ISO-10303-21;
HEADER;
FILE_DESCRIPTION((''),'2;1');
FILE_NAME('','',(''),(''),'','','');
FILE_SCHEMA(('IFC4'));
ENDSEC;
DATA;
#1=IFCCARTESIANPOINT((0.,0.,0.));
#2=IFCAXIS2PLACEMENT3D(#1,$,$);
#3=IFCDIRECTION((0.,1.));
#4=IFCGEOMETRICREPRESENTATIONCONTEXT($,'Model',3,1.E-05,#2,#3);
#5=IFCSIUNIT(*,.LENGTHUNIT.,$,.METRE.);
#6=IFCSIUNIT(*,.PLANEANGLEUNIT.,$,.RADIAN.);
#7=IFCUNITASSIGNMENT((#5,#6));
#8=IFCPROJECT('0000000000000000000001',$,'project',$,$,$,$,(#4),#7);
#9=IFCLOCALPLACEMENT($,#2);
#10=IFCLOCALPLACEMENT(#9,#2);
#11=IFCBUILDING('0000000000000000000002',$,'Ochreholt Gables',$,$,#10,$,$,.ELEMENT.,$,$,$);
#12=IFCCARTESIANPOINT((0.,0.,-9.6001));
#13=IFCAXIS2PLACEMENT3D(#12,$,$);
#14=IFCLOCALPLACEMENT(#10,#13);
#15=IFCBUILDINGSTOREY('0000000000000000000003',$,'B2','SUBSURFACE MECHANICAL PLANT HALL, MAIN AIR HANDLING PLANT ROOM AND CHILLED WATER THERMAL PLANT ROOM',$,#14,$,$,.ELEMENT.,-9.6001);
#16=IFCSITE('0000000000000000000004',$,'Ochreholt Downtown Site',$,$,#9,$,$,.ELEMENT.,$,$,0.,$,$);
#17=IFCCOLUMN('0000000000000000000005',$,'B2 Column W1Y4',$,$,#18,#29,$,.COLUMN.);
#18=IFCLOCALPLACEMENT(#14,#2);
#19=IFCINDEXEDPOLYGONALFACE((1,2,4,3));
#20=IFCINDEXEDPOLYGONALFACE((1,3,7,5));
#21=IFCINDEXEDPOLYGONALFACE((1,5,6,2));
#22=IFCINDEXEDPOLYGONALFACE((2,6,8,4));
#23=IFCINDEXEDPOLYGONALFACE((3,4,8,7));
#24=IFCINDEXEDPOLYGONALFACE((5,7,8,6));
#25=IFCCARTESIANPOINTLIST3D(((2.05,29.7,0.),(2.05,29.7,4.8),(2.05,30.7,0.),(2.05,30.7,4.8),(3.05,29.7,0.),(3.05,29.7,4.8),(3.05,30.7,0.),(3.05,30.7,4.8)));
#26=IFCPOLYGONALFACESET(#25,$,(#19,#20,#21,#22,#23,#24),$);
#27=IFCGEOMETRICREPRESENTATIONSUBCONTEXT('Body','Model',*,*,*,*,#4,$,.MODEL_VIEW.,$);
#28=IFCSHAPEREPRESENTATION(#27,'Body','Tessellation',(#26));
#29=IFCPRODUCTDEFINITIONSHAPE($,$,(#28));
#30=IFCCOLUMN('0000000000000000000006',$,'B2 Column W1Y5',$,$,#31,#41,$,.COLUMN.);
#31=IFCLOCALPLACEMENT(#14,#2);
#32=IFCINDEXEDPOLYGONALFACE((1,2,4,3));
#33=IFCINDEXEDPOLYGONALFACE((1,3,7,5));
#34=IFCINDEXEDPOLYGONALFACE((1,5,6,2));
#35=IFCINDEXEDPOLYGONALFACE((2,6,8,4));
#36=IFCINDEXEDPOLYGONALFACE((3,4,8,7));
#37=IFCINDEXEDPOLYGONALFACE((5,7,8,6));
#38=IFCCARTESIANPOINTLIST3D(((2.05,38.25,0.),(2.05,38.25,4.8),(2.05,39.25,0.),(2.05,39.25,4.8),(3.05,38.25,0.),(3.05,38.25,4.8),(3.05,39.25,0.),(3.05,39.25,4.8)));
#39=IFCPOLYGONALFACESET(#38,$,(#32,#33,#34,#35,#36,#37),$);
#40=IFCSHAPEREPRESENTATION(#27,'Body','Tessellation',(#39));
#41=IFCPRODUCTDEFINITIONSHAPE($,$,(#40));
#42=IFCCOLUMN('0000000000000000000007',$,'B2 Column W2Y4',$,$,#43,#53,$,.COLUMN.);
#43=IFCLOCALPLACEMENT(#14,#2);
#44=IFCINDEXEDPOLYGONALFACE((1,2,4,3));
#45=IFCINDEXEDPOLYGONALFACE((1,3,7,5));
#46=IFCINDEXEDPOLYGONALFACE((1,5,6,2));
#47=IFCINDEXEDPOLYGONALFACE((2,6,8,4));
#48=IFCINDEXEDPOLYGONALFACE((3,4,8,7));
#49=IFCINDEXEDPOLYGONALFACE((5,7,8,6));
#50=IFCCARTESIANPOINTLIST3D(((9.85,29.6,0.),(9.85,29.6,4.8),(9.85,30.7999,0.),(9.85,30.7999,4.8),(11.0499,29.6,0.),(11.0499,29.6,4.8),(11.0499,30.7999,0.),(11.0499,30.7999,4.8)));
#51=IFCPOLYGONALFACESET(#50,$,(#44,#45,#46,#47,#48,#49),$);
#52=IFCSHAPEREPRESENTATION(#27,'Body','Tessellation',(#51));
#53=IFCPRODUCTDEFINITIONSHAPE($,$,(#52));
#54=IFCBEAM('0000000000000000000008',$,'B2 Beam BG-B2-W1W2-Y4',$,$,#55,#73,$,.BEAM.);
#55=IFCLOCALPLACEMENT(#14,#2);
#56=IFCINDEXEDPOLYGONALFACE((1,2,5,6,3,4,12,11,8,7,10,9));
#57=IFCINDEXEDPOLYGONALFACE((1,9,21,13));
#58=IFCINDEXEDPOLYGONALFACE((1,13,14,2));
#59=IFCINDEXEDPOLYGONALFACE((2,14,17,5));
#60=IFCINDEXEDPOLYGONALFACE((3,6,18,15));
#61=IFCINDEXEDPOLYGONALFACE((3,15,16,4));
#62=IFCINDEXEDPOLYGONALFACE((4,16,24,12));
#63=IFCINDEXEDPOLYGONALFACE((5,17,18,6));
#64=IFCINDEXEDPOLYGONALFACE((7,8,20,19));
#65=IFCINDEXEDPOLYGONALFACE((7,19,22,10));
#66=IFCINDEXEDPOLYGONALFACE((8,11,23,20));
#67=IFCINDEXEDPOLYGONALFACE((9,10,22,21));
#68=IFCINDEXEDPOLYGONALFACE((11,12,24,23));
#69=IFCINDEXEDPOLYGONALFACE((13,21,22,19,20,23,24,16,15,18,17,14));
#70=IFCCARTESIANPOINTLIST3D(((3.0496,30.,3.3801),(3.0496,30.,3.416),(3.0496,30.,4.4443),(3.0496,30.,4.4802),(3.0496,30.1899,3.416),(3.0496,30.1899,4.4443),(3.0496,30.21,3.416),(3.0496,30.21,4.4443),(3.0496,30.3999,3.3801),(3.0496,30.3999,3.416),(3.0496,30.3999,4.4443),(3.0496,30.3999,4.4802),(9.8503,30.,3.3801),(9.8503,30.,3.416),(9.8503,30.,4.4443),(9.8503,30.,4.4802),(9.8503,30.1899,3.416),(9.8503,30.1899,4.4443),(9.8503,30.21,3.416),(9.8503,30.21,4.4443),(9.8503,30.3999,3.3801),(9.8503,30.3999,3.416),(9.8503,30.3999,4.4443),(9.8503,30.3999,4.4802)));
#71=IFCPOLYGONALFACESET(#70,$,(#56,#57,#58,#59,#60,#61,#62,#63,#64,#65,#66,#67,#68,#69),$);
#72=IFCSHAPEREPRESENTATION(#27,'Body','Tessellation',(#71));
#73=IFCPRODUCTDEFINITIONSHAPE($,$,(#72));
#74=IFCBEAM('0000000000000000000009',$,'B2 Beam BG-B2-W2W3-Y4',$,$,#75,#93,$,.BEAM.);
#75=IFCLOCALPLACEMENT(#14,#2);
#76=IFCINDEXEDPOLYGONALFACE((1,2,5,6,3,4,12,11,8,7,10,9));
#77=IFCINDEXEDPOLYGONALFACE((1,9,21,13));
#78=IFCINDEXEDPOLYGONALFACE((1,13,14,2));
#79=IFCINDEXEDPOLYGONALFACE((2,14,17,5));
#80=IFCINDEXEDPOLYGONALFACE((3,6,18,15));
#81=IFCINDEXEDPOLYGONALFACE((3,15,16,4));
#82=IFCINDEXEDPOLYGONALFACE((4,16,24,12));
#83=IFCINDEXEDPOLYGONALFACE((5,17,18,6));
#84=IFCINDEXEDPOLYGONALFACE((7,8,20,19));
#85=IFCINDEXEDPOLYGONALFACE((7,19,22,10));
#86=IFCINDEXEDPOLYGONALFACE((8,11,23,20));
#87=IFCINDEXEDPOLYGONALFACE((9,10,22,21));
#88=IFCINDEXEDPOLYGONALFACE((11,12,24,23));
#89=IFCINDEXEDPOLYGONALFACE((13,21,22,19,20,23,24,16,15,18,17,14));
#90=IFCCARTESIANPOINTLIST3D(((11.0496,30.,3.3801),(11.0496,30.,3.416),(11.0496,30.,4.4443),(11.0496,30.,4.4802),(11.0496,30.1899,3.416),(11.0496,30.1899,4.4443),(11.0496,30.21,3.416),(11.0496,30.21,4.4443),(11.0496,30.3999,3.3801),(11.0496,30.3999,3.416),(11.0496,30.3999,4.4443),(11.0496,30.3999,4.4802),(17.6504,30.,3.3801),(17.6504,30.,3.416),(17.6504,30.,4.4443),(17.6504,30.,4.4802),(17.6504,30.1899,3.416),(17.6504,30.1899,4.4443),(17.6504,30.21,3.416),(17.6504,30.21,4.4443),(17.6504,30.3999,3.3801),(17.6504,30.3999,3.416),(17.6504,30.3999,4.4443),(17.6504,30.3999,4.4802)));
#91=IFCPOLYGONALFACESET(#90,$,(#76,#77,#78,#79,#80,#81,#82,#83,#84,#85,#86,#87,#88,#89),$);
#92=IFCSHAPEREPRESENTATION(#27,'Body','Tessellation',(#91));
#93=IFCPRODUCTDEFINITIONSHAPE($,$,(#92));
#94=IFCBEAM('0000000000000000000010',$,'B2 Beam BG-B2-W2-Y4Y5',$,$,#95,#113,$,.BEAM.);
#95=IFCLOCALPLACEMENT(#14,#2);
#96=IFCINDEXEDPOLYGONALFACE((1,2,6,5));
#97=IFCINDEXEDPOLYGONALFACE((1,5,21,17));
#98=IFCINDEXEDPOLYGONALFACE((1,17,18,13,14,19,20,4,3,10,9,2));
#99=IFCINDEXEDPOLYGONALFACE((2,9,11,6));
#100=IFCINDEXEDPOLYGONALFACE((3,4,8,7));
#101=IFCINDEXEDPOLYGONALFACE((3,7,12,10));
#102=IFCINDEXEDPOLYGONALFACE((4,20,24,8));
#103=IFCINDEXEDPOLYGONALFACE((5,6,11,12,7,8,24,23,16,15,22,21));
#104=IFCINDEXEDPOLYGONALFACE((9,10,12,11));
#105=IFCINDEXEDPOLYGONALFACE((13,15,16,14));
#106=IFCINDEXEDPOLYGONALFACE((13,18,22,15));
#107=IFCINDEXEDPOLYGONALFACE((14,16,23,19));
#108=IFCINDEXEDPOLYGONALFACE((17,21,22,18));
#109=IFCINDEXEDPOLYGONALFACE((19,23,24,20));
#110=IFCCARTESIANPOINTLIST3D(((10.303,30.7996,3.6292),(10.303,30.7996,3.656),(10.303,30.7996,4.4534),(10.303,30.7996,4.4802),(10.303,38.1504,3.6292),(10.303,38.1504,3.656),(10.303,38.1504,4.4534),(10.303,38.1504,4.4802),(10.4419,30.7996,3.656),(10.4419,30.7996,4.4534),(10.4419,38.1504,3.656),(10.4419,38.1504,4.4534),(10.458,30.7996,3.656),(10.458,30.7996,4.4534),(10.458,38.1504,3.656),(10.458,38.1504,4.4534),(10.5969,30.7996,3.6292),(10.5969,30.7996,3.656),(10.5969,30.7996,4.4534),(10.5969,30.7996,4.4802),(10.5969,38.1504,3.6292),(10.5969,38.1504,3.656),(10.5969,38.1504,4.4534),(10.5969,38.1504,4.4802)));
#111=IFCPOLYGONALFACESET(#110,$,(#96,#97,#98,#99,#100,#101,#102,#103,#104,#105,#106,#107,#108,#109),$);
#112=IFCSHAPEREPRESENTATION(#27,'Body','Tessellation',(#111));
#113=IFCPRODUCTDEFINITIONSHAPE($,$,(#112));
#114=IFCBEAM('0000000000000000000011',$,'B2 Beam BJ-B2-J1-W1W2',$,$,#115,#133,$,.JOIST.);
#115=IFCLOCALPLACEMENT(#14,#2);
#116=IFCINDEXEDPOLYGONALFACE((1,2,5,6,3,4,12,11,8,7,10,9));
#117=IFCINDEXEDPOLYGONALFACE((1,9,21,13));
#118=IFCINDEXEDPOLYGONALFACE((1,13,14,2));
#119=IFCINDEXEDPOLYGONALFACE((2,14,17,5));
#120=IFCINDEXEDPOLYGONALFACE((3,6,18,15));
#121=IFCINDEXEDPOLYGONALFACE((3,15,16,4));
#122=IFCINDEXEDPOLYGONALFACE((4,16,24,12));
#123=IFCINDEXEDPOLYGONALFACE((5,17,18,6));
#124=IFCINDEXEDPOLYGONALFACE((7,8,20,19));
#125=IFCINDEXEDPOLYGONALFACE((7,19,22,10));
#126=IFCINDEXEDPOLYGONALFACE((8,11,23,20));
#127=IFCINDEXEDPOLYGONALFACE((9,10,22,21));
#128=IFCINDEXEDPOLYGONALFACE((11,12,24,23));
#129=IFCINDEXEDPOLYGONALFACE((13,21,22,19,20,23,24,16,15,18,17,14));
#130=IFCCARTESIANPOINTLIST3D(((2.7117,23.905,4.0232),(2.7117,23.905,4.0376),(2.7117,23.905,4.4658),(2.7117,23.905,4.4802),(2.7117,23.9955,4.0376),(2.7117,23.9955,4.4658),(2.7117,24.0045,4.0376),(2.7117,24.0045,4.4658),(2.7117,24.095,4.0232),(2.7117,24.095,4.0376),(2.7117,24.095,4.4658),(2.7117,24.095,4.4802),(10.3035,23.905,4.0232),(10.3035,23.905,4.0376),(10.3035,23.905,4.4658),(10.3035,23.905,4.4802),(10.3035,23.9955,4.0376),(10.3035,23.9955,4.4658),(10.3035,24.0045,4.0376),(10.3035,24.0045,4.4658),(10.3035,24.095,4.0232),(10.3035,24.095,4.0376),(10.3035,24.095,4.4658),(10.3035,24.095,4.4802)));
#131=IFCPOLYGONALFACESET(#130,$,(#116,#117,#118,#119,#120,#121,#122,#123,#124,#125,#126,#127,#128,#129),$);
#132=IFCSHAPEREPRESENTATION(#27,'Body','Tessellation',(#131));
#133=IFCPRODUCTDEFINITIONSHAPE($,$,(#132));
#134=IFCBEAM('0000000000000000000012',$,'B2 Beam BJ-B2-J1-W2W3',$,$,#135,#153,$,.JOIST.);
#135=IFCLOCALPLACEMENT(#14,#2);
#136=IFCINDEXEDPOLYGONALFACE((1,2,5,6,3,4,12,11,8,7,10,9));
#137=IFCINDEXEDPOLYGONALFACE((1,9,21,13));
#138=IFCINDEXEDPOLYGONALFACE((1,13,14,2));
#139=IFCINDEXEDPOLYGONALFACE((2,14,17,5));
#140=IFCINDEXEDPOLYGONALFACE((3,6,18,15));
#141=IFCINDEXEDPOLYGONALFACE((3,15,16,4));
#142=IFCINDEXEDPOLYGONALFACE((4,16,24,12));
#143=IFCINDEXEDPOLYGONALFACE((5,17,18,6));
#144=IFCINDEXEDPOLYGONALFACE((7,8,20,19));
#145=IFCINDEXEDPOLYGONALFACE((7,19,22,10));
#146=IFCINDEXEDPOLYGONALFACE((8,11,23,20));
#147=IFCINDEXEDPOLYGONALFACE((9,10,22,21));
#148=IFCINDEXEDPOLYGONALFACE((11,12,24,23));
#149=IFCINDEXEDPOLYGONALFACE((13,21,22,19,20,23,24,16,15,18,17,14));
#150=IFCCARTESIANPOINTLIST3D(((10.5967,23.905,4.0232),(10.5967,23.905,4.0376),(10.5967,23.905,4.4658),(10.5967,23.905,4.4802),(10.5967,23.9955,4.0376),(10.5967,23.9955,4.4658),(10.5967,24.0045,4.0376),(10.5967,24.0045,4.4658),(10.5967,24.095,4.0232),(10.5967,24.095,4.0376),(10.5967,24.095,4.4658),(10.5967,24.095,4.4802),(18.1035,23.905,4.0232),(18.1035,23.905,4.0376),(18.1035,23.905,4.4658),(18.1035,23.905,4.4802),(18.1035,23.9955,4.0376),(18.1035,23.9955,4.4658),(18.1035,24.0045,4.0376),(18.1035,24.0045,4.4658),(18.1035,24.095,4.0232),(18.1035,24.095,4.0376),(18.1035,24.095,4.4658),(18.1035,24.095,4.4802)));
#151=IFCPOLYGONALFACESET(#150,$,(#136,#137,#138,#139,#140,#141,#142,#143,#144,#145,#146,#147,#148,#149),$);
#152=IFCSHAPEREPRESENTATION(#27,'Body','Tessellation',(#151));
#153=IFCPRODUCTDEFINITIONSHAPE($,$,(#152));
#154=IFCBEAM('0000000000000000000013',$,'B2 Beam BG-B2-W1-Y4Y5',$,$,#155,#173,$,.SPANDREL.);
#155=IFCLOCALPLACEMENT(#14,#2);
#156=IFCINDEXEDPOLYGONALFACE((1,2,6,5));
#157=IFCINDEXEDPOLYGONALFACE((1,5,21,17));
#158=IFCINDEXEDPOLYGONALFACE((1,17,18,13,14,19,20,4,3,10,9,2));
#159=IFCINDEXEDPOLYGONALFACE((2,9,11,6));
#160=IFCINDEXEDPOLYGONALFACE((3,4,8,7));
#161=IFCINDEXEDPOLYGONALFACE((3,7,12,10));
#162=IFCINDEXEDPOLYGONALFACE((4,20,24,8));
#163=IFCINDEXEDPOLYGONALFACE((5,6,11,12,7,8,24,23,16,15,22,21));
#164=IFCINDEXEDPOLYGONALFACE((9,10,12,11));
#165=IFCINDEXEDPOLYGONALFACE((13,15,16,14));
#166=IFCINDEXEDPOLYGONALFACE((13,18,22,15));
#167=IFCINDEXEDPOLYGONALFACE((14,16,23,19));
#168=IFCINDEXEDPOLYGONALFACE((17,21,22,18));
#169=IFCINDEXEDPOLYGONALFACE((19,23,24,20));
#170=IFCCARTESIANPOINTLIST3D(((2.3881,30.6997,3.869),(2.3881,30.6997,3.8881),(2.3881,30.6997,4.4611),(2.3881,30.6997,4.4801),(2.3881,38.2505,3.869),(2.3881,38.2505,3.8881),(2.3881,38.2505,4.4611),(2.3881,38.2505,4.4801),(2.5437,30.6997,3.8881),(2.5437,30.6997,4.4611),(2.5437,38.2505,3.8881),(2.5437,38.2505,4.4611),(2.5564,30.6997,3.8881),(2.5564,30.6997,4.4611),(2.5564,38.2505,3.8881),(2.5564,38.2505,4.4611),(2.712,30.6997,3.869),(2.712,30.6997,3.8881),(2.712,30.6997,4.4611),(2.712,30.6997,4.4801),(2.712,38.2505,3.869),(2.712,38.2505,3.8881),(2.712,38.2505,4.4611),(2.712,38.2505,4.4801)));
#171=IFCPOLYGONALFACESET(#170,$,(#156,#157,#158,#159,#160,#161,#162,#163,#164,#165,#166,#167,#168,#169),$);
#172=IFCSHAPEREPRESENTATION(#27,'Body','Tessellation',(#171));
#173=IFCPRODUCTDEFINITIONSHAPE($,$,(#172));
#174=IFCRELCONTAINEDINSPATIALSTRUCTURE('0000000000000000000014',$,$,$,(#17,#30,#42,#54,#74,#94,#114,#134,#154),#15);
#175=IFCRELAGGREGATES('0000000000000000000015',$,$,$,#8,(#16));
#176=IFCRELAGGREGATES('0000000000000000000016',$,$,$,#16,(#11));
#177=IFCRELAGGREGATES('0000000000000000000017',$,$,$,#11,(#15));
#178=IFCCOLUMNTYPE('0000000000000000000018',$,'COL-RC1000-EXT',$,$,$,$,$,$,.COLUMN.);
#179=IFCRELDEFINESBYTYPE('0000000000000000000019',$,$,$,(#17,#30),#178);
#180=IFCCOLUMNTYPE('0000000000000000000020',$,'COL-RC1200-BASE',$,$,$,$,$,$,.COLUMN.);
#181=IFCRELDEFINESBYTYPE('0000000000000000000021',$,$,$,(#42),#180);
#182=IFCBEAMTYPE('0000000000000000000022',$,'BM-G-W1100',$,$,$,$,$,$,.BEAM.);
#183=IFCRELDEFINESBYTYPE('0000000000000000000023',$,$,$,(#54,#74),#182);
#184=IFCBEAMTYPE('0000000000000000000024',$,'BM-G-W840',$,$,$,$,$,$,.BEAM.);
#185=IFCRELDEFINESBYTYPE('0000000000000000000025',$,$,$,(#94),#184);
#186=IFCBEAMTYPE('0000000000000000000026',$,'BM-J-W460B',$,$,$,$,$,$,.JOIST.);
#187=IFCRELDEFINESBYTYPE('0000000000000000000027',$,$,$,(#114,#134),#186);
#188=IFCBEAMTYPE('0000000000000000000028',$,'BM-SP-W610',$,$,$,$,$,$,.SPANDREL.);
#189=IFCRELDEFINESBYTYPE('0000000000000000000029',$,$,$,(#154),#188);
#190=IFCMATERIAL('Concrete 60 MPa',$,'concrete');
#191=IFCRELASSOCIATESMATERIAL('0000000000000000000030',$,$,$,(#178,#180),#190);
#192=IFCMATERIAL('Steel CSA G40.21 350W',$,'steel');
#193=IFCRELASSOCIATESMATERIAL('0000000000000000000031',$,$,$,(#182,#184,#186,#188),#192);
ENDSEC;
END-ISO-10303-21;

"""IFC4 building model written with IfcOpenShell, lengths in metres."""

from ifc_helpers import new_model, si_unit, direction, frame, origin, origin_2d, place, context, subcontext, project, spatial, rectangle, i_section, extrude, material, material_profile, profile_set, type_object, element, save


model = new_model("IFC4")

# Units and contexts
model_context = context("Model", 3, precision=1e-05, world=origin(), true_north=direction((0.0, 1.0)))
body_context = subcontext(model_context, "Body", "Model", "MODEL_VIEW")
ifc_project = project(units=[si_unit("LENGTHUNIT", "METRE"), si_unit("PLANEANGLEUNIT", "RADIAN")], contexts=[model_context])

# Site, building, storey
site_placement = place(None, origin())
site = spatial("IfcSite", under=ifc_project, at=site_placement, Name="Ochreholt Downtown Site", CompositionType="ELEMENT", RefElevation=0.0)
building_placement = place(site_placement, origin())
building = spatial("IfcBuilding", under=site, at=building_placement, Name="Ochreholt Gables", CompositionType="ELEMENT")
storey_placement = place(building_placement, frame((0.0, 0.0, -9.6001)))
storey = spatial("IfcBuildingStorey", under=building, at=storey_placement, Name="B2", Description="SUBSURFACE MECHANICAL PLANT HALL, MAIN AIR HANDLING PLANT ROOM AND CHILLED WATER THERMAL PLANT ROOM", CompositionType="ELEMENT", Elevation=-9.6001)

# Columns
ifc_material_1 = material(Name="Concrete 60 MPa", Category="concrete")
ifc_material_profile_1 = material_profile(ifc_material_1, rectangle(XDim=1.0, YDim=1.0, at=origin_2d()), Name="RC1000X1000")
ifc_profile_set_1 = profile_set([ifc_material_profile_1], Name="Concrete 60 MPa")
column_type_1 = type_object("IfcColumnType", Name="COL-RC1000-EXT", PredefinedType="COLUMN", material=ifc_profile_set_1)
for number, where, z_axis, x_axis, name in (
    (1, (2.55, 30.2, 0.0), (0.0, 0.0, 1.0), (1.0, 0.0, 0.0), "B2 Column W1Y4"),
    (2, (2.55, 38.75, 0.0), (0.0, 0.0, 1.0), (1.0, 0.0, 0.0), "B2 Column W1Y5"),
):
    element("IfcColumn", number, at=place(storey_placement, frame(where, z_axis=z_axis, x_axis=x_axis)), inside=storey, type_object=column_type_1, Name=name, PredefinedType="COLUMN", context=body_context, shape_type="SweptSolid", body=[
        extrude(rectangle(XDim=1.0, YDim=1.0, at=origin_2d()), origin(), (0.0, 0.0, 1.0), 4.8),
    ])
ifc_material_profile_2 = material_profile(ifc_material_1, rectangle(XDim=1.2, YDim=1.2, at=origin_2d()), Name="RC1200X1200")
ifc_profile_set_2 = profile_set([ifc_material_profile_2], Name="Concrete 60 MPa")
column_type_2 = type_object("IfcColumnType", Name="COL-RC1200-BASE", PredefinedType="COLUMN", material=ifc_profile_set_2)
column_placement = place(storey_placement, frame((10.45, 30.2, 0.0), z_axis=(0.0, 0.0, 1.0), x_axis=(1.0, 0.0, 0.0)))
element("IfcColumn", 3, at=column_placement, inside=storey, type_object=column_type_2, Name="B2 Column W2Y4", PredefinedType="COLUMN", context=body_context, shape_type="SweptSolid", body=[
    extrude(rectangle(XDim=1.2, YDim=1.2, at=origin_2d()), origin(), (0.0, 0.0, 1.0), 4.8),
])

# Beams
ifc_material_2 = material(Name="Steel CSA G40.21 350W", Category="steel")
ifc_material_profile_3 = material_profile(ifc_material_2, i_section(OverallWidth=0.3999, OverallDepth=1.1001, WebThickness=0.02, FlangeThickness=0.0359, at=origin_2d()), Name="W1100X390")
ifc_profile_set_3 = profile_set([ifc_material_profile_3], Name="Steel CSA G40.21 350W")
beam_type_1 = type_object("IfcBeamType", Name="BM-G-W1100", PredefinedType="BEAM", material=ifc_profile_set_3)
beam_1_placement = place(storey_placement, frame((3.0496, 30.2, 3.9302), z_axis=(1.0, 0.0, 0.0), x_axis=(0.0, 1.0, 0.0)))
element("IfcBeam", 4, at=beam_1_placement, inside=storey, type_object=beam_type_1, Name="B2 Beam BG-B2-W1W2-Y4", PredefinedType="BEAM", context=body_context, shape_type="SweptSolid", body=[
    extrude(i_section(OverallWidth=0.3999, OverallDepth=1.1001, WebThickness=0.02, FlangeThickness=0.0359, at=origin_2d()), origin(), (0.0, 0.0, 1.0), 6.8008),
])
beam_2_placement = place(storey_placement, frame((11.0496, 30.2, 3.9302), z_axis=(1.0, 0.0, 0.0), x_axis=(0.0, 1.0, 0.0)))
element("IfcBeam", 5, at=beam_2_placement, inside=storey, type_object=beam_type_1, Name="B2 Beam BG-B2-W2W3-Y4", PredefinedType="BEAM", context=body_context, shape_type="SweptSolid", body=[
    extrude(i_section(OverallWidth=0.3999, OverallDepth=1.1001, WebThickness=0.02, FlangeThickness=0.0359, at=origin_2d()), origin(), (0.0, 0.0, 1.0), 6.6008),
])
ifc_material_profile_4 = material_profile(ifc_material_2, i_section(OverallWidth=0.2939, OverallDepth=0.8511, WebThickness=0.0161, FlangeThickness=0.0269, at=origin_2d()), Name="W840X226")
ifc_profile_set_4 = profile_set([ifc_material_profile_4], Name="Steel CSA G40.21 350W")
beam_type_2 = type_object("IfcBeamType", Name="BM-G-W840", PredefinedType="BEAM", material=ifc_profile_set_4)
beam_3_placement = place(storey_placement, frame((10.45, 30.7996, 4.0547), z_axis=(0.0, 1.0, 0.0), x_axis=(-1.0, 0.0, 0.0)))
element("IfcBeam", 6, at=beam_3_placement, inside=storey, type_object=beam_type_2, Name="B2 Beam BG-B2-W2-Y4Y5", PredefinedType="BEAM", context=body_context, shape_type="SweptSolid", body=[
    extrude(i_section(OverallWidth=0.2939, OverallDepth=0.8511, WebThickness=0.0161, FlangeThickness=0.0269, at=origin_2d()), origin(), (0.0, 0.0, 1.0), 7.3508),
])
ifc_material_profile_5 = material_profile(ifc_material_2, i_section(OverallWidth=0.1899, OverallDepth=0.457, WebThickness=0.009, FlangeThickness=0.0144, at=origin_2d()), Name="W460X74")
ifc_profile_set_5 = profile_set([ifc_material_profile_5], Name="Steel CSA G40.21 350W")
beam_type_3 = type_object("IfcBeamType", Name="BM-J-W460B", PredefinedType="JOIST", material=ifc_profile_set_5)
beam_4_placement = place(storey_placement, frame((2.7117, 24.0, 4.2517), z_axis=(1.0, 0.0, 0.0), x_axis=(0.0, 1.0, 0.0)))
element("IfcBeam", 7, at=beam_4_placement, inside=storey, type_object=beam_type_3, Name="B2 Beam BJ-B2-J1-W1W2", PredefinedType="JOIST", context=body_context, shape_type="SweptSolid", body=[
    extrude(i_section(OverallWidth=0.1899, OverallDepth=0.457, WebThickness=0.009, FlangeThickness=0.0144, at=origin_2d()), origin(), (0.0, 0.0, 1.0), 7.5918),
])
beam_5_placement = place(storey_placement, frame((10.5967, 24.0, 4.2517), z_axis=(1.0, 0.0, 0.0), x_axis=(0.0, 1.0, 0.0)))
element("IfcBeam", 8, at=beam_5_placement, inside=storey, type_object=beam_type_3, Name="B2 Beam BJ-B2-J1-W2W3", PredefinedType="JOIST", context=body_context, shape_type="SweptSolid", body=[
    extrude(i_section(OverallWidth=0.1899, OverallDepth=0.457, WebThickness=0.009, FlangeThickness=0.0144, at=origin_2d()), origin(), (0.0, 0.0, 1.0), 7.5068),
])
ifc_material_profile_6 = material_profile(ifc_material_2, i_section(OverallWidth=0.324, OverallDepth=0.6111, WebThickness=0.0127, FlangeThickness=0.019, at=origin_2d()), Name="W610X155")
ifc_profile_set_6 = profile_set([ifc_material_profile_6], Name="Steel CSA G40.21 350W")
beam_type_4 = type_object("IfcBeamType", Name="BM-SP-W610", PredefinedType="SPANDREL", material=ifc_profile_set_6)
beam_6_placement = place(storey_placement, frame((2.55, 30.6997, 4.1746), z_axis=(0.0, 1.0, 0.0), x_axis=(-1.0, 0.0, 0.0)))
element("IfcBeam", 9, at=beam_6_placement, inside=storey, type_object=beam_type_4, Name="B2 Beam BG-B2-W1-Y4Y5", PredefinedType="SPANDREL", context=body_context, shape_type="SweptSolid", body=[
    extrude(i_section(OverallWidth=0.324, OverallDepth=0.6111, WebThickness=0.0127, FlangeThickness=0.019, at=origin_2d()), origin(), (0.0, 0.0, 1.0), 7.5508),
])

save(model, "model.ifc")
